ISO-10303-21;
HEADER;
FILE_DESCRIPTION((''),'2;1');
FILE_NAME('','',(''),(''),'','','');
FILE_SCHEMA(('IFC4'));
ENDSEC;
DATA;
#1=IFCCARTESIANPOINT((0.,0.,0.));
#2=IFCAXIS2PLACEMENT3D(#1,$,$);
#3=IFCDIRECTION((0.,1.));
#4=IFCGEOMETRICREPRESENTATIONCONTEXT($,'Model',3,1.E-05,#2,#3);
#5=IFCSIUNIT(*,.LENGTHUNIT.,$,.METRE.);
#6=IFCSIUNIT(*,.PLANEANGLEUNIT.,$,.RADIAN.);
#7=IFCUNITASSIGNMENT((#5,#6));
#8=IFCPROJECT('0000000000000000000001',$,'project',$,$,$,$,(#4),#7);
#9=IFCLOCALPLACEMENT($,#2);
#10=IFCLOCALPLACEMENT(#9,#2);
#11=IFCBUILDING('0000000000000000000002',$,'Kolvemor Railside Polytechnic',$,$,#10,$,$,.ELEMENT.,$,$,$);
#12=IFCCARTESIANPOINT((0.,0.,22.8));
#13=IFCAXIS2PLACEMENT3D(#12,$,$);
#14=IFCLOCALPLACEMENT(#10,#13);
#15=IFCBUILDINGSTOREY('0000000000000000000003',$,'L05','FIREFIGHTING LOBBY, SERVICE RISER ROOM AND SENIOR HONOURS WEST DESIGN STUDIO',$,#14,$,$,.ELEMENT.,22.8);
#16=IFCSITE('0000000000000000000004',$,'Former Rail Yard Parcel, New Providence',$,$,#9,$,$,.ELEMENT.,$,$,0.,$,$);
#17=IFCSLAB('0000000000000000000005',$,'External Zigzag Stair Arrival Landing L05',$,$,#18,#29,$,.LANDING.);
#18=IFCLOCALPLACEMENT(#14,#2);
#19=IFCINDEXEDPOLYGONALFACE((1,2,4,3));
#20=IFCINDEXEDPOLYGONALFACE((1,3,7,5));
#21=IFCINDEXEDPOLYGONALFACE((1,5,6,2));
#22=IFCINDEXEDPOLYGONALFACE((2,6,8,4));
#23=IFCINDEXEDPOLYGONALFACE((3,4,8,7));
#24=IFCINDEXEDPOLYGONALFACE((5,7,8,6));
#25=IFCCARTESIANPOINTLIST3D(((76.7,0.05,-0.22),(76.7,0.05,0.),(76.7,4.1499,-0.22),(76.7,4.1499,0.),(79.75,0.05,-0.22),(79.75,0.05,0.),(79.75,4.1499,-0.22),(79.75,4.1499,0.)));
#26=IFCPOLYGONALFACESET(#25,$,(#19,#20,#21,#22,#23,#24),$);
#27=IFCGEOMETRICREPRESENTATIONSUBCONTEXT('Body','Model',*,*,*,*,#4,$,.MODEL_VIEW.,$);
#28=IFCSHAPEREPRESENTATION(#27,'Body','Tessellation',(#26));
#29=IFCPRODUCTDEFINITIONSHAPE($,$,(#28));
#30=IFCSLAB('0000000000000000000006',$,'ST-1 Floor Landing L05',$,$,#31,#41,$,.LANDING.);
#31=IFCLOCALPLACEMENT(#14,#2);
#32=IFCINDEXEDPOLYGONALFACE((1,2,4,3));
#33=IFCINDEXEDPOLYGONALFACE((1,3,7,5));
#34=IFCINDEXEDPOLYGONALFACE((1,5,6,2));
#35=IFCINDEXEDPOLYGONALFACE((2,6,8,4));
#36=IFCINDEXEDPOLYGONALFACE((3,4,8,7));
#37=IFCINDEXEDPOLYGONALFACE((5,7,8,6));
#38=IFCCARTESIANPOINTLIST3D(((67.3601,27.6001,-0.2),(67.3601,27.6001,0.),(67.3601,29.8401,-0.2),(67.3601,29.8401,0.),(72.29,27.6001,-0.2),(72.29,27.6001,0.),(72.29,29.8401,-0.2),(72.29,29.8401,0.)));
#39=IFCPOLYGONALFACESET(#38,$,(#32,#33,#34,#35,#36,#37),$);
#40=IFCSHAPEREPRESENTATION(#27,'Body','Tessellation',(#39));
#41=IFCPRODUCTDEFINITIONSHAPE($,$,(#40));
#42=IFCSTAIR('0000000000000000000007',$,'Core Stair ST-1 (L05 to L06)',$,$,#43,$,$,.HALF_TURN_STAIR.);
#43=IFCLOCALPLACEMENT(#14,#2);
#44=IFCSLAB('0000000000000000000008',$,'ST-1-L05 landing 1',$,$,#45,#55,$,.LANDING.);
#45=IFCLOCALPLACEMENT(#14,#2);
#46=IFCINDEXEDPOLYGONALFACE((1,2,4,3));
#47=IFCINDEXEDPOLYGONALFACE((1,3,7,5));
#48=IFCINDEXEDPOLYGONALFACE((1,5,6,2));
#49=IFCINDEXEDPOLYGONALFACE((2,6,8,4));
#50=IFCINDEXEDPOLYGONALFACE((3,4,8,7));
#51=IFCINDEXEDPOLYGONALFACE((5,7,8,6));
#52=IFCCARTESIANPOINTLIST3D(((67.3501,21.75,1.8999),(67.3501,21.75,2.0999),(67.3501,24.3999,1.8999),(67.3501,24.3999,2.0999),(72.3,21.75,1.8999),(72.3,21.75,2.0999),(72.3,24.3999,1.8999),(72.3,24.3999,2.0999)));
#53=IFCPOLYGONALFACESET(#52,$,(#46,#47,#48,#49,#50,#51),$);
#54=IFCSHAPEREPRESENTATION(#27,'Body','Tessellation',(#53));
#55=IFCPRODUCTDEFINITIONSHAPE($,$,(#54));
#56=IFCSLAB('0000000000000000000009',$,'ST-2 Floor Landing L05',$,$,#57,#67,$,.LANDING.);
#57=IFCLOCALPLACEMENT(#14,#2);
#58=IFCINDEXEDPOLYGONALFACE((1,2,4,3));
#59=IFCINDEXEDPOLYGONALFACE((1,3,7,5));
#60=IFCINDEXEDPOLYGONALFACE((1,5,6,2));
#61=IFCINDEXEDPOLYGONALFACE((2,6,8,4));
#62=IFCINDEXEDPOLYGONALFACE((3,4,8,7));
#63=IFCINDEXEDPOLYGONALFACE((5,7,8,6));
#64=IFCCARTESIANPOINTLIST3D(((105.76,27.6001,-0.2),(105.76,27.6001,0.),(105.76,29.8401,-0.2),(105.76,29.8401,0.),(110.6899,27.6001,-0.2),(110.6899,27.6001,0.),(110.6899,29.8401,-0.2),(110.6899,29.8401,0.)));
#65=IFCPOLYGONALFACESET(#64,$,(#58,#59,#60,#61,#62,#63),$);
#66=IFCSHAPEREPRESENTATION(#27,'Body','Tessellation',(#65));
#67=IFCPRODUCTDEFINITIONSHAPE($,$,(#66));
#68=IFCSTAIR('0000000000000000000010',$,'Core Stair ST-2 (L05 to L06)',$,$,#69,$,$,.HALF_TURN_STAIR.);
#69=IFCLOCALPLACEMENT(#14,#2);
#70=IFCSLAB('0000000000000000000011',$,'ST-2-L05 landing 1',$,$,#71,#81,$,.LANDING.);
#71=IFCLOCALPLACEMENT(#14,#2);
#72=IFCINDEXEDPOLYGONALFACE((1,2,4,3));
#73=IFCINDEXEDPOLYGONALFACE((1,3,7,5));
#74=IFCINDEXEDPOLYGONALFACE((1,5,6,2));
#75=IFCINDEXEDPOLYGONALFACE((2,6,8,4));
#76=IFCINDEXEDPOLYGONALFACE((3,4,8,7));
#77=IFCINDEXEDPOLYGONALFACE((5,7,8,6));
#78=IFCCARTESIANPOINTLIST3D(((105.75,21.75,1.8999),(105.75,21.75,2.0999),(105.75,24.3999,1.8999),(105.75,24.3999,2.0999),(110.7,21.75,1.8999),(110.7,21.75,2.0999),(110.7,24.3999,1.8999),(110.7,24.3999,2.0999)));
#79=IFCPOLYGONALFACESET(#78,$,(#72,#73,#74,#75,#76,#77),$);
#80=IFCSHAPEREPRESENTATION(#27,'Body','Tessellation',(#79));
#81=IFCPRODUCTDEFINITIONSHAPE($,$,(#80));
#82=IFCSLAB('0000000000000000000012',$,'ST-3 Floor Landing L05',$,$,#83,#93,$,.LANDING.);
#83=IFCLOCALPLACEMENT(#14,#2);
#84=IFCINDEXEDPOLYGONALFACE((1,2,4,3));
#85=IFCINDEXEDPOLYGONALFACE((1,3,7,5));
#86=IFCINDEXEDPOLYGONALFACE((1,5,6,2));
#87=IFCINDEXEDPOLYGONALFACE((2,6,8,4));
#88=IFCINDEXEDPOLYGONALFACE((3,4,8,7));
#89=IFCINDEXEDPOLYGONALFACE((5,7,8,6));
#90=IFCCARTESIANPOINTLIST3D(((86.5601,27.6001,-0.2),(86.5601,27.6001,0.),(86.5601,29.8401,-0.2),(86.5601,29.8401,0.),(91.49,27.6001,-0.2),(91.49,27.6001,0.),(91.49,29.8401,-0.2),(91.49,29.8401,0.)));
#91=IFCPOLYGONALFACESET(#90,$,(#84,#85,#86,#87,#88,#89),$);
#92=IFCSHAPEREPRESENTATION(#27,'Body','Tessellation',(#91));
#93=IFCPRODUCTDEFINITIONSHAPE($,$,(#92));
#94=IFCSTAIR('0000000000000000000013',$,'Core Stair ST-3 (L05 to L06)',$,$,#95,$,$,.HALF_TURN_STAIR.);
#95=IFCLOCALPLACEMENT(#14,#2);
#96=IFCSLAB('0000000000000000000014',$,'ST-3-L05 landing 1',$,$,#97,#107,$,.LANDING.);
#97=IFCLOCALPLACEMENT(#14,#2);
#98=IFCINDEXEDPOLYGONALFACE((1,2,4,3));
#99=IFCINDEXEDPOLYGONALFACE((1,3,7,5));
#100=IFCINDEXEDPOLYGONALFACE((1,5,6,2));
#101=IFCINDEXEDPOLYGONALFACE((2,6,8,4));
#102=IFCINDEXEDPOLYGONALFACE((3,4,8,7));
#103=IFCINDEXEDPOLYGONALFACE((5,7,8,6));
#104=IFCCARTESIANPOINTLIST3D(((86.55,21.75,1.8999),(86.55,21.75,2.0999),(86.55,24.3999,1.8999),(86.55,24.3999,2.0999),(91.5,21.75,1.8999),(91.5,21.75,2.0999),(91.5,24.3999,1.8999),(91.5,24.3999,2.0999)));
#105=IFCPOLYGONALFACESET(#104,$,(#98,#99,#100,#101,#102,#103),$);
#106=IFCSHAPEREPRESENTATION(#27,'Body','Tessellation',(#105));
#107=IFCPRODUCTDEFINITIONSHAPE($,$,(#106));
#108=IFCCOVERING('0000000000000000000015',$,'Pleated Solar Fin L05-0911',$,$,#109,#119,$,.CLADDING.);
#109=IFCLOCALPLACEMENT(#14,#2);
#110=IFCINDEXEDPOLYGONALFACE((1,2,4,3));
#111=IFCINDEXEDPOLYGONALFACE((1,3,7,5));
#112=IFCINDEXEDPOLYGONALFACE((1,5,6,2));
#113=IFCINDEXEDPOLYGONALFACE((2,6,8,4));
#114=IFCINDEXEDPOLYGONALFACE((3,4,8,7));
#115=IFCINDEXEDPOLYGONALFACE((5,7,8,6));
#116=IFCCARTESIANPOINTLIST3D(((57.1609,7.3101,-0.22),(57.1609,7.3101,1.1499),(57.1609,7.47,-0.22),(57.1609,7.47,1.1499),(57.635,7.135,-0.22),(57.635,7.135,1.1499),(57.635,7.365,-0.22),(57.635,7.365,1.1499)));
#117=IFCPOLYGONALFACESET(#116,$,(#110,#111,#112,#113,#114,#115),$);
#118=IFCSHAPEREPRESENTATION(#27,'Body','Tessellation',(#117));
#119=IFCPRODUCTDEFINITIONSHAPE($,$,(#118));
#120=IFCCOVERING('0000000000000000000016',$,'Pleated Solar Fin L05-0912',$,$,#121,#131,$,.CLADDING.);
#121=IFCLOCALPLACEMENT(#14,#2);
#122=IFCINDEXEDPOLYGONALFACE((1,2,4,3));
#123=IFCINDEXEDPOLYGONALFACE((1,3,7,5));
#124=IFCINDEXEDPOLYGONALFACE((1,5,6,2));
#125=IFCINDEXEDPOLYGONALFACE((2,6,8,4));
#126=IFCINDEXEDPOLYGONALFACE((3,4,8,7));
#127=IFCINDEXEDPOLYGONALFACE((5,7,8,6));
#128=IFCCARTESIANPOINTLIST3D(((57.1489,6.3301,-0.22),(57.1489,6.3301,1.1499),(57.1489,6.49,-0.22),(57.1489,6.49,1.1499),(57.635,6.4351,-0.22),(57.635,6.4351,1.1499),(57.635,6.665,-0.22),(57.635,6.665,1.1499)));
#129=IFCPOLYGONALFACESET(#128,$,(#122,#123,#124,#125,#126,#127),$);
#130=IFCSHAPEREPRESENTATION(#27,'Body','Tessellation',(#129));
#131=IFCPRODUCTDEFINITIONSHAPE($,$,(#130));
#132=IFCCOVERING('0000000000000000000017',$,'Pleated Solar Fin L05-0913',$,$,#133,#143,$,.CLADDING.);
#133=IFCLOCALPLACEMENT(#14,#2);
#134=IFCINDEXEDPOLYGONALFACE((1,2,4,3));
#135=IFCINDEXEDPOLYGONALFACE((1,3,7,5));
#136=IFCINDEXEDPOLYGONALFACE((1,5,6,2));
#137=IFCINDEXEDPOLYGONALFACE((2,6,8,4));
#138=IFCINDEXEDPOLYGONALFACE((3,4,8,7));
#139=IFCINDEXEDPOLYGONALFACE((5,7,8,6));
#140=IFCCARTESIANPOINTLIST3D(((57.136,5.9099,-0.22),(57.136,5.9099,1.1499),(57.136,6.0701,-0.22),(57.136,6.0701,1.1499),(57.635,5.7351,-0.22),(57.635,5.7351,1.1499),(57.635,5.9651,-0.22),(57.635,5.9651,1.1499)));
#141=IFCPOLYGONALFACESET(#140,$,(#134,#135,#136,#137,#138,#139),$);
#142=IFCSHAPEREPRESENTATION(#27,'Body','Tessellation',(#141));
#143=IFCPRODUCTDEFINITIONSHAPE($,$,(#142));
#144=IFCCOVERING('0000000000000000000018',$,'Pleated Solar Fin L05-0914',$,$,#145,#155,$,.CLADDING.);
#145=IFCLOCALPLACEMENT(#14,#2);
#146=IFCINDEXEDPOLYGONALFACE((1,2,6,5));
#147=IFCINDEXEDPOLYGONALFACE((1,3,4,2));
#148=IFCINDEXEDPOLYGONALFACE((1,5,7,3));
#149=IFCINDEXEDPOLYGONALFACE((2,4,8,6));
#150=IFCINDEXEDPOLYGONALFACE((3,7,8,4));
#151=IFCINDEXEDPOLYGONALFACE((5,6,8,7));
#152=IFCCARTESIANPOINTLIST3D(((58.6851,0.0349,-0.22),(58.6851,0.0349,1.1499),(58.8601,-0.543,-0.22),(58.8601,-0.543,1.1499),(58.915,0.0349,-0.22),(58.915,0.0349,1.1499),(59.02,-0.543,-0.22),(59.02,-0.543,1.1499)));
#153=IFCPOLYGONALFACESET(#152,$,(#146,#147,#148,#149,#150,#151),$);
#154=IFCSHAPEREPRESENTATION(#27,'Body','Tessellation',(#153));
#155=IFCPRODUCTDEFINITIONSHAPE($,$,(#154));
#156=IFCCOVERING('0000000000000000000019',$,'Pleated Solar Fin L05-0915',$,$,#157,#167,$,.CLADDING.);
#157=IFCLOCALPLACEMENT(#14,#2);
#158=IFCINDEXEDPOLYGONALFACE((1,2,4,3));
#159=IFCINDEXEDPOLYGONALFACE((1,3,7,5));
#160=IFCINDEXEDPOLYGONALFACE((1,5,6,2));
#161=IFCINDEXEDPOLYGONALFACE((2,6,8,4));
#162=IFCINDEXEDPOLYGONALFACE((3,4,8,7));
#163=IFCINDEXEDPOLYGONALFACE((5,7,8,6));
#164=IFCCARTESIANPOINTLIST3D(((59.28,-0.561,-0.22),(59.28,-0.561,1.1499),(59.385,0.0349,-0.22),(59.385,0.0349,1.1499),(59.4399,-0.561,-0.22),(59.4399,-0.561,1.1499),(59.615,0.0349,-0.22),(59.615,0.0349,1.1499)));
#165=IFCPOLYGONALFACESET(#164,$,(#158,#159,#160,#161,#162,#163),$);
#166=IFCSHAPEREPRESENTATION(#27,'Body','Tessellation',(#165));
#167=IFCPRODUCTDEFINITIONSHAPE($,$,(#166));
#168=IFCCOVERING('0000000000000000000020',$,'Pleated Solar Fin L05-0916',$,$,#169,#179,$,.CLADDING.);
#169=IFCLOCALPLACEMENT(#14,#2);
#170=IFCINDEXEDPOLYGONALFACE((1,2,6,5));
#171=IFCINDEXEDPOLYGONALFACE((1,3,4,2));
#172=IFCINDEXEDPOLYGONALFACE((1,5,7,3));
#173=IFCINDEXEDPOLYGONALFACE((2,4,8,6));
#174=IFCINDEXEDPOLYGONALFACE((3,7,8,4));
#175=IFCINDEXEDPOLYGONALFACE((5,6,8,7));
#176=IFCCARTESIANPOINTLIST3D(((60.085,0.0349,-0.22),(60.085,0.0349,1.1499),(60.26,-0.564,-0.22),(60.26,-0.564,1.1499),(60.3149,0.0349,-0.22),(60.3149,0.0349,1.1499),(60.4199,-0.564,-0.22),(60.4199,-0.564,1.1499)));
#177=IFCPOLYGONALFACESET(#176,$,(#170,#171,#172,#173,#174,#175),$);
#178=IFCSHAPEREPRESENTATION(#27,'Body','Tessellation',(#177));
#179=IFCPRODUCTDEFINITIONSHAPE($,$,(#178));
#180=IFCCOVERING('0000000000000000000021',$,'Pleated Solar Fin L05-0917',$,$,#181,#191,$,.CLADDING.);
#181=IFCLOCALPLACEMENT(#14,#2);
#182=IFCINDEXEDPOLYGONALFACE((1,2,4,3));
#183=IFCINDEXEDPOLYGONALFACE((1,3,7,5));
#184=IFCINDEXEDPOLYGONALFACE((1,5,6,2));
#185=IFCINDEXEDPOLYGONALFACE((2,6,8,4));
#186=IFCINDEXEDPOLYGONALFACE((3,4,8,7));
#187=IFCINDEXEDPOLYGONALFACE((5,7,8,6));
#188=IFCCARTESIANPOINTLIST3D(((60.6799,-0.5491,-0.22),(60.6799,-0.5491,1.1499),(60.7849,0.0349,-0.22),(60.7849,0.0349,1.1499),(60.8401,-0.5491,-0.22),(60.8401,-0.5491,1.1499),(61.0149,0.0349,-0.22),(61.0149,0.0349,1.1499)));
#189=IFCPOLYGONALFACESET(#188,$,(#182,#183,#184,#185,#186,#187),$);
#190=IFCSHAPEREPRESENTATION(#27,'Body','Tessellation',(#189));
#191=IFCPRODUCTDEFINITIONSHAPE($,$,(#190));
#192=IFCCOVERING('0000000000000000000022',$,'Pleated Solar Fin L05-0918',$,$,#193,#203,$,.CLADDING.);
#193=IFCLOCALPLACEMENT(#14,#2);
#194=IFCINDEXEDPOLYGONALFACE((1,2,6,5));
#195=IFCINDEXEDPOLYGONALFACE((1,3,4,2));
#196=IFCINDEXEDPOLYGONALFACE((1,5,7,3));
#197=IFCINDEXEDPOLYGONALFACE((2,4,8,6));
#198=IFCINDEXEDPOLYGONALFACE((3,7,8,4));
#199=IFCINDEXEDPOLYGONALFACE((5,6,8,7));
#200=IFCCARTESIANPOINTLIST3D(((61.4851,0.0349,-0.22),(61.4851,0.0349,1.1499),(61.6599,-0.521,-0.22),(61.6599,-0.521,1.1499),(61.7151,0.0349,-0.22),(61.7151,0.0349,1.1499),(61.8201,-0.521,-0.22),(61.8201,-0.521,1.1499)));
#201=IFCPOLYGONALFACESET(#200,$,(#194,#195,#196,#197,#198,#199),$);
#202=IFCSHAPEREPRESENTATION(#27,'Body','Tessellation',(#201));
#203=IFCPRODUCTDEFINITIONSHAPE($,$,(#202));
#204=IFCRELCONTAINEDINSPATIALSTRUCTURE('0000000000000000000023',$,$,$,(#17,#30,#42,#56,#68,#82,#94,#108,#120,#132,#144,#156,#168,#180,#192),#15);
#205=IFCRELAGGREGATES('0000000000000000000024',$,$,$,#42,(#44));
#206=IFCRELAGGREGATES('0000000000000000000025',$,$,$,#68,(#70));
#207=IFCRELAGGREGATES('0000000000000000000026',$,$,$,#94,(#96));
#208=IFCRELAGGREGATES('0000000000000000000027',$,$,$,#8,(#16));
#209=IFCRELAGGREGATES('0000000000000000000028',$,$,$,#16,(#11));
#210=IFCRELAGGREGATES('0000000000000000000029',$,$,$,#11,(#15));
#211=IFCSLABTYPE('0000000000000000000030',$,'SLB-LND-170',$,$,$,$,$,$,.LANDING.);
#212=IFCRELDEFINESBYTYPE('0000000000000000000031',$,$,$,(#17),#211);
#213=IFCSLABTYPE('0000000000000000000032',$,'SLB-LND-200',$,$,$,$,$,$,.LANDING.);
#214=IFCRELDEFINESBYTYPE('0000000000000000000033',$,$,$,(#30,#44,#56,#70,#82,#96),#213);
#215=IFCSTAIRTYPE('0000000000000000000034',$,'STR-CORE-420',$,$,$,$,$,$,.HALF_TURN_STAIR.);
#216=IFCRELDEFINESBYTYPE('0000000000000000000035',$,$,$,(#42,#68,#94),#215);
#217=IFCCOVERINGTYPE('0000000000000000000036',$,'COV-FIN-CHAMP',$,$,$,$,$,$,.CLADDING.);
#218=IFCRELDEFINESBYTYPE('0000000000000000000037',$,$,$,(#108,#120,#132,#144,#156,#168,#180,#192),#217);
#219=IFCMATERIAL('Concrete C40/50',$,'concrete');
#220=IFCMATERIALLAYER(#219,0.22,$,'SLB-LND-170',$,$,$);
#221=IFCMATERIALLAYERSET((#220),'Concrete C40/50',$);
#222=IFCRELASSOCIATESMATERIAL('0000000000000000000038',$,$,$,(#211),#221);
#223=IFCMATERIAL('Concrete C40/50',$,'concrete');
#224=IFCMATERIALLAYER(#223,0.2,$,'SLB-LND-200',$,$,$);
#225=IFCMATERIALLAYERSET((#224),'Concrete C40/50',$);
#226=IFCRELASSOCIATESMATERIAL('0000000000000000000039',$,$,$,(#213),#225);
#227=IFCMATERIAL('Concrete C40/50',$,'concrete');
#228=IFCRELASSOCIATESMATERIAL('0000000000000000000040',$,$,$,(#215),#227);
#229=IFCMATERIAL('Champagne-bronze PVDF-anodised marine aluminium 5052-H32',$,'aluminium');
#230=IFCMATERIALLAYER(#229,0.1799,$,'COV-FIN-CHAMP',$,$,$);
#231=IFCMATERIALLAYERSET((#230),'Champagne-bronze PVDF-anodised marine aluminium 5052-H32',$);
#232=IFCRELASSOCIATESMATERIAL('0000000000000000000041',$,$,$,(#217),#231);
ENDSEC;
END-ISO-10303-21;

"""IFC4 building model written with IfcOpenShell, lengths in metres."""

from ifc_helpers import new_model, si_unit, direction, frame, origin, place, context, subcontext, project, spatial, polyline, outline, extrude, material, layer, layer_set, type_object, element, aggregate, save


model = new_model("IFC4")

# Units and contexts
model_context = context("Model", 3, precision=1e-05, world=origin(), true_north=direction((0.0, 1.0)))
body_context = subcontext(model_context, "Body", "Model", "MODEL_VIEW")
ifc_project = project(units=[si_unit("LENGTHUNIT", "METRE"), si_unit("PLANEANGLEUNIT", "RADIAN")], contexts=[model_context])

# Site, building, storey
site_placement = place(None, origin())
site = spatial("IfcSite", under=ifc_project, at=site_placement, Name="Former Rail Yard Parcel, New Providence", CompositionType="ELEMENT", RefElevation=0.0)
building_placement = place(site_placement, origin())
building = spatial("IfcBuilding", under=site, at=building_placement, Name="Kolvemor Railside Polytechnic", CompositionType="ELEMENT")
storey_placement = place(building_placement, frame((0.0, 0.0, 22.8)))
storey = spatial("IfcBuildingStorey", under=building, at=storey_placement, Name="L05", Description="FIREFIGHTING LOBBY, SERVICE RISER ROOM AND SENIOR HONOURS WEST DESIGN STUDIO", CompositionType="ELEMENT", Elevation=22.8)

# Slabs
ifc_material_1 = material(Name="Concrete C40/50", Category="concrete")
ifc_layer_1 = layer(ifc_material_1, 0.22, Name="SLB-LND-170")
ifc_layer_set_1 = layer_set([ifc_layer_1], Name="Concrete C40/50")
slab_type_1 = type_object("IfcSlabType", Name="SLB-LND-170", PredefinedType="LANDING", material=ifc_layer_set_1)
slab_1_placement = place(storey_placement, frame((0.0, 0.0, -0.22)))
element("IfcSlab", 1, at=slab_1_placement, inside=storey, type_object=slab_type_1, Name="External Zigzag Stair Arrival Landing L05", PredefinedType="LANDING", context=body_context, shape_type="SweptSolid", body=[
    extrude(outline(polyline([(76.7, 0.05), (79.75, 0.05), (79.75, 4.1499), (76.7, 4.1499), (76.7, 0.05)])), origin(), (0.0, 0.0, 1.0), 0.22),
])
ifc_material_2 = material(Name="Concrete C40/50", Category="concrete")
ifc_layer_2 = layer(ifc_material_2, 0.2, Name="SLB-LND-200")
ifc_layer_set_2 = layer_set([ifc_layer_2], Name="Concrete C40/50")
slab_type_2 = type_object("IfcSlabType", Name="SLB-LND-200", PredefinedType="LANDING", material=ifc_layer_set_2)
slab_2_placement = place(storey_placement, frame((0.0, 0.0, -0.2)))
element("IfcSlab", 2, at=slab_2_placement, inside=storey, type_object=slab_type_2, Name="ST-1 Floor Landing L05", PredefinedType="LANDING", context=body_context, shape_type="SweptSolid", body=[
    extrude(outline(polyline([(67.3601, 27.6001), (72.29, 27.6001), (72.29, 29.8401), (67.3601, 29.8401), (67.3601, 27.6001)])), origin(), (0.0, 0.0, 1.0), 0.2),
])

# Stair, slab
ifc_material_3 = material(Name="Concrete C40/50", Category="concrete")
stair_type = type_object("IfcStairType", Name="STR-CORE-420", PredefinedType="HALF_TURN_STAIR", material=ifc_material_3)
stair_1_placement = place(storey_placement, origin())
stair_1 = element("IfcStair", 3, at=stair_1_placement, inside=storey, type_object=stair_type, Name="Core Stair ST-1 (L05 to L06)", PredefinedType="HALF_TURN_STAIR")
slab_3_placement = place(storey_placement, frame((0.0, 0.0, 1.8999)))
slab_3 = element("IfcSlab", 4, at=slab_3_placement, type_object=slab_type_2, Name="ST-1-L05 landing 1", PredefinedType="LANDING", context=body_context, shape_type="SweptSolid", body=[
    extrude(outline(polyline([(67.3501, 21.75), (72.3, 21.75), (72.3, 24.3999), (67.3501, 24.3999), (67.3501, 21.75)])), origin(), (0.0, 0.0, 1.0), 0.2),
])
aggregate(stair_1, [slab_3])

# Slab
slab_4_placement = place(storey_placement, frame((0.0, 0.0, -0.2)))
element("IfcSlab", 5, at=slab_4_placement, inside=storey, type_object=slab_type_2, Name="ST-2 Floor Landing L05", PredefinedType="LANDING", context=body_context, shape_type="SweptSolid", body=[
    extrude(outline(polyline([(105.76, 27.6001), (110.6899, 27.6001), (110.6899, 29.8401), (105.76, 29.8401), (105.76, 27.6001)])), origin(), (0.0, 0.0, 1.0), 0.2),
])

# Stair, slab
stair_2_placement = place(storey_placement, origin())
stair_2 = element("IfcStair", 6, at=stair_2_placement, inside=storey, type_object=stair_type, Name="Core Stair ST-2 (L05 to L06)", PredefinedType="HALF_TURN_STAIR")
slab_5_placement = place(storey_placement, frame((0.0, 0.0, 1.8999)))
slab_5 = element("IfcSlab", 7, at=slab_5_placement, type_object=slab_type_2, Name="ST-2-L05 landing 1", PredefinedType="LANDING", context=body_context, shape_type="SweptSolid", body=[
    extrude(outline(polyline([(105.75, 21.75), (110.7, 21.75), (110.7, 24.3999), (105.75, 24.3999), (105.75, 21.75)])), origin(), (0.0, 0.0, 1.0), 0.2),
])
aggregate(stair_2, [slab_5])

# Slab
slab_6_placement = place(storey_placement, frame((0.0, 0.0, -0.2)))
element("IfcSlab", 8, at=slab_6_placement, inside=storey, type_object=slab_type_2, Name="ST-3 Floor Landing L05", PredefinedType="LANDING", context=body_context, shape_type="SweptSolid", body=[
    extrude(outline(polyline([(86.5601, 27.6001), (91.49, 27.6001), (91.49, 29.8401), (86.5601, 29.8401), (86.5601, 27.6001)])), origin(), (0.0, 0.0, 1.0), 0.2),
])

# Stair, slab
stair_3_placement = place(storey_placement, origin())
stair_3 = element("IfcStair", 9, at=stair_3_placement, inside=storey, type_object=stair_type, Name="Core Stair ST-3 (L05 to L06)", PredefinedType="HALF_TURN_STAIR")
slab_7_placement = place(storey_placement, frame((0.0, 0.0, 1.8999)))
slab_7 = element("IfcSlab", 10, at=slab_7_placement, type_object=slab_type_2, Name="ST-3-L05 landing 1", PredefinedType="LANDING", context=body_context, shape_type="SweptSolid", body=[
    extrude(outline(polyline([(86.55, 21.75), (91.5, 21.75), (91.5, 24.3999), (86.55, 24.3999), (86.55, 21.75)])), origin(), (0.0, 0.0, 1.0), 0.2),
])
aggregate(stair_3, [slab_7])

# Coverings
ifc_material_4 = material(Name="Champagne-bronze PVDF-anodised marine aluminium 5052-H32", Category="aluminium")
ifc_layer_3 = layer(ifc_material_4, 0.1799, Name="COV-FIN-CHAMP")
ifc_layer_set_3 = layer_set([ifc_layer_3], Name="Champagne-bronze PVDF-anodised marine aluminium 5052-H32")
covering_type = type_object("IfcCoveringType", Name="COV-FIN-CHAMP", PredefinedType="CLADDING", material=ifc_layer_set_3)
covering_1_placement = place(storey_placement, frame((0.0, 0.0, -0.22)))
element("IfcCovering", 11, at=covering_1_placement, inside=storey, type_object=covering_type, Name="Pleated Solar Fin L05-0911", PredefinedType="CLADDING", context=body_context, shape_type="SweptSolid", body=[
    extrude(outline(polyline([(57.635, 7.365), (57.635, 7.135), (57.1609, 7.3101), (57.1609, 7.47), (57.635, 7.365)])), origin(), (0.0, 0.0, 1.0), 1.3699),
])
covering_2_placement = place(storey_placement, frame((0.0, 0.0, -0.22)))
element("IfcCovering", 12, at=covering_2_placement, inside=storey, type_object=covering_type, Name="Pleated Solar Fin L05-0912", PredefinedType="CLADDING", context=body_context, shape_type="SweptSolid", body=[
    extrude(outline(polyline([(57.635, 6.665), (57.635, 6.4351), (57.1489, 6.3301), (57.1489, 6.49), (57.635, 6.665)])), origin(), (0.0, 0.0, 1.0), 1.3699),
])
covering_3_placement = place(storey_placement, frame((0.0, 0.0, -0.22)))
element("IfcCovering", 13, at=covering_3_placement, inside=storey, type_object=covering_type, Name="Pleated Solar Fin L05-0913", PredefinedType="CLADDING", context=body_context, shape_type="SweptSolid", body=[
    extrude(outline(polyline([(57.635, 5.9651), (57.635, 5.7351), (57.136, 5.9099), (57.136, 6.0701), (57.635, 5.9651)])), origin(), (0.0, 0.0, 1.0), 1.3699),
])
covering_4_placement = place(storey_placement, frame((0.0, 0.0, -0.22)))
element("IfcCovering", 14, at=covering_4_placement, inside=storey, type_object=covering_type, Name="Pleated Solar Fin L05-0914", PredefinedType="CLADDING", context=body_context, shape_type="SweptSolid", body=[
    extrude(outline(polyline([(58.6851, 0.0349), (58.915, 0.0349), (59.02, -0.543), (58.8601, -0.543), (58.6851, 0.0349)])), origin(), (0.0, 0.0, 1.0), 1.3699),
])
covering_5_placement = place(storey_placement, frame((0.0, 0.0, -0.22)))
element("IfcCovering", 15, at=covering_5_placement, inside=storey, type_object=covering_type, Name="Pleated Solar Fin L05-0915", PredefinedType="CLADDING", context=body_context, shape_type="SweptSolid", body=[
    extrude(outline(polyline([(59.385, 0.0349), (59.615, 0.0349), (59.4399, -0.561), (59.28, -0.561), (59.385, 0.0349)])), origin(), (0.0, 0.0, 1.0), 1.3699),
])
covering_6_placement = place(storey_placement, frame((0.0, 0.0, -0.22)))
element("IfcCovering", 16, at=covering_6_placement, inside=storey, type_object=covering_type, Name="Pleated Solar Fin L05-0916", PredefinedType="CLADDING", context=body_context, shape_type="SweptSolid", body=[
    extrude(outline(polyline([(60.085, 0.0349), (60.3149, 0.0349), (60.4199, -0.564), (60.26, -0.564), (60.085, 0.0349)])), origin(), (0.0, 0.0, 1.0), 1.3699),
])
covering_7_placement = place(storey_placement, frame((0.0, 0.0, -0.22)))
element("IfcCovering", 17, at=covering_7_placement, inside=storey, type_object=covering_type, Name="Pleated Solar Fin L05-0917", PredefinedType="CLADDING", context=body_context, shape_type="SweptSolid", body=[
    extrude(outline(polyline([(60.7849, 0.0349), (61.0149, 0.0349), (60.8401, -0.5491), (60.6799, -0.5491), (60.7849, 0.0349)])), origin(), (0.0, 0.0, 1.0), 1.3699),
])
covering_8_placement = place(storey_placement, frame((0.0, 0.0, -0.22)))
element("IfcCovering", 18, at=covering_8_placement, inside=storey, type_object=covering_type, Name="Pleated Solar Fin L05-0918", PredefinedType="CLADDING", context=body_context, shape_type="SweptSolid", body=[
    extrude(outline(polyline([(61.4851, 0.0349), (61.7151, 0.0349), (61.8201, -0.521), (61.6599, -0.521), (61.4851, 0.0349)])), origin(), (0.0, 0.0, 1.0), 1.3699),
])

save(model, "model.ifc")
